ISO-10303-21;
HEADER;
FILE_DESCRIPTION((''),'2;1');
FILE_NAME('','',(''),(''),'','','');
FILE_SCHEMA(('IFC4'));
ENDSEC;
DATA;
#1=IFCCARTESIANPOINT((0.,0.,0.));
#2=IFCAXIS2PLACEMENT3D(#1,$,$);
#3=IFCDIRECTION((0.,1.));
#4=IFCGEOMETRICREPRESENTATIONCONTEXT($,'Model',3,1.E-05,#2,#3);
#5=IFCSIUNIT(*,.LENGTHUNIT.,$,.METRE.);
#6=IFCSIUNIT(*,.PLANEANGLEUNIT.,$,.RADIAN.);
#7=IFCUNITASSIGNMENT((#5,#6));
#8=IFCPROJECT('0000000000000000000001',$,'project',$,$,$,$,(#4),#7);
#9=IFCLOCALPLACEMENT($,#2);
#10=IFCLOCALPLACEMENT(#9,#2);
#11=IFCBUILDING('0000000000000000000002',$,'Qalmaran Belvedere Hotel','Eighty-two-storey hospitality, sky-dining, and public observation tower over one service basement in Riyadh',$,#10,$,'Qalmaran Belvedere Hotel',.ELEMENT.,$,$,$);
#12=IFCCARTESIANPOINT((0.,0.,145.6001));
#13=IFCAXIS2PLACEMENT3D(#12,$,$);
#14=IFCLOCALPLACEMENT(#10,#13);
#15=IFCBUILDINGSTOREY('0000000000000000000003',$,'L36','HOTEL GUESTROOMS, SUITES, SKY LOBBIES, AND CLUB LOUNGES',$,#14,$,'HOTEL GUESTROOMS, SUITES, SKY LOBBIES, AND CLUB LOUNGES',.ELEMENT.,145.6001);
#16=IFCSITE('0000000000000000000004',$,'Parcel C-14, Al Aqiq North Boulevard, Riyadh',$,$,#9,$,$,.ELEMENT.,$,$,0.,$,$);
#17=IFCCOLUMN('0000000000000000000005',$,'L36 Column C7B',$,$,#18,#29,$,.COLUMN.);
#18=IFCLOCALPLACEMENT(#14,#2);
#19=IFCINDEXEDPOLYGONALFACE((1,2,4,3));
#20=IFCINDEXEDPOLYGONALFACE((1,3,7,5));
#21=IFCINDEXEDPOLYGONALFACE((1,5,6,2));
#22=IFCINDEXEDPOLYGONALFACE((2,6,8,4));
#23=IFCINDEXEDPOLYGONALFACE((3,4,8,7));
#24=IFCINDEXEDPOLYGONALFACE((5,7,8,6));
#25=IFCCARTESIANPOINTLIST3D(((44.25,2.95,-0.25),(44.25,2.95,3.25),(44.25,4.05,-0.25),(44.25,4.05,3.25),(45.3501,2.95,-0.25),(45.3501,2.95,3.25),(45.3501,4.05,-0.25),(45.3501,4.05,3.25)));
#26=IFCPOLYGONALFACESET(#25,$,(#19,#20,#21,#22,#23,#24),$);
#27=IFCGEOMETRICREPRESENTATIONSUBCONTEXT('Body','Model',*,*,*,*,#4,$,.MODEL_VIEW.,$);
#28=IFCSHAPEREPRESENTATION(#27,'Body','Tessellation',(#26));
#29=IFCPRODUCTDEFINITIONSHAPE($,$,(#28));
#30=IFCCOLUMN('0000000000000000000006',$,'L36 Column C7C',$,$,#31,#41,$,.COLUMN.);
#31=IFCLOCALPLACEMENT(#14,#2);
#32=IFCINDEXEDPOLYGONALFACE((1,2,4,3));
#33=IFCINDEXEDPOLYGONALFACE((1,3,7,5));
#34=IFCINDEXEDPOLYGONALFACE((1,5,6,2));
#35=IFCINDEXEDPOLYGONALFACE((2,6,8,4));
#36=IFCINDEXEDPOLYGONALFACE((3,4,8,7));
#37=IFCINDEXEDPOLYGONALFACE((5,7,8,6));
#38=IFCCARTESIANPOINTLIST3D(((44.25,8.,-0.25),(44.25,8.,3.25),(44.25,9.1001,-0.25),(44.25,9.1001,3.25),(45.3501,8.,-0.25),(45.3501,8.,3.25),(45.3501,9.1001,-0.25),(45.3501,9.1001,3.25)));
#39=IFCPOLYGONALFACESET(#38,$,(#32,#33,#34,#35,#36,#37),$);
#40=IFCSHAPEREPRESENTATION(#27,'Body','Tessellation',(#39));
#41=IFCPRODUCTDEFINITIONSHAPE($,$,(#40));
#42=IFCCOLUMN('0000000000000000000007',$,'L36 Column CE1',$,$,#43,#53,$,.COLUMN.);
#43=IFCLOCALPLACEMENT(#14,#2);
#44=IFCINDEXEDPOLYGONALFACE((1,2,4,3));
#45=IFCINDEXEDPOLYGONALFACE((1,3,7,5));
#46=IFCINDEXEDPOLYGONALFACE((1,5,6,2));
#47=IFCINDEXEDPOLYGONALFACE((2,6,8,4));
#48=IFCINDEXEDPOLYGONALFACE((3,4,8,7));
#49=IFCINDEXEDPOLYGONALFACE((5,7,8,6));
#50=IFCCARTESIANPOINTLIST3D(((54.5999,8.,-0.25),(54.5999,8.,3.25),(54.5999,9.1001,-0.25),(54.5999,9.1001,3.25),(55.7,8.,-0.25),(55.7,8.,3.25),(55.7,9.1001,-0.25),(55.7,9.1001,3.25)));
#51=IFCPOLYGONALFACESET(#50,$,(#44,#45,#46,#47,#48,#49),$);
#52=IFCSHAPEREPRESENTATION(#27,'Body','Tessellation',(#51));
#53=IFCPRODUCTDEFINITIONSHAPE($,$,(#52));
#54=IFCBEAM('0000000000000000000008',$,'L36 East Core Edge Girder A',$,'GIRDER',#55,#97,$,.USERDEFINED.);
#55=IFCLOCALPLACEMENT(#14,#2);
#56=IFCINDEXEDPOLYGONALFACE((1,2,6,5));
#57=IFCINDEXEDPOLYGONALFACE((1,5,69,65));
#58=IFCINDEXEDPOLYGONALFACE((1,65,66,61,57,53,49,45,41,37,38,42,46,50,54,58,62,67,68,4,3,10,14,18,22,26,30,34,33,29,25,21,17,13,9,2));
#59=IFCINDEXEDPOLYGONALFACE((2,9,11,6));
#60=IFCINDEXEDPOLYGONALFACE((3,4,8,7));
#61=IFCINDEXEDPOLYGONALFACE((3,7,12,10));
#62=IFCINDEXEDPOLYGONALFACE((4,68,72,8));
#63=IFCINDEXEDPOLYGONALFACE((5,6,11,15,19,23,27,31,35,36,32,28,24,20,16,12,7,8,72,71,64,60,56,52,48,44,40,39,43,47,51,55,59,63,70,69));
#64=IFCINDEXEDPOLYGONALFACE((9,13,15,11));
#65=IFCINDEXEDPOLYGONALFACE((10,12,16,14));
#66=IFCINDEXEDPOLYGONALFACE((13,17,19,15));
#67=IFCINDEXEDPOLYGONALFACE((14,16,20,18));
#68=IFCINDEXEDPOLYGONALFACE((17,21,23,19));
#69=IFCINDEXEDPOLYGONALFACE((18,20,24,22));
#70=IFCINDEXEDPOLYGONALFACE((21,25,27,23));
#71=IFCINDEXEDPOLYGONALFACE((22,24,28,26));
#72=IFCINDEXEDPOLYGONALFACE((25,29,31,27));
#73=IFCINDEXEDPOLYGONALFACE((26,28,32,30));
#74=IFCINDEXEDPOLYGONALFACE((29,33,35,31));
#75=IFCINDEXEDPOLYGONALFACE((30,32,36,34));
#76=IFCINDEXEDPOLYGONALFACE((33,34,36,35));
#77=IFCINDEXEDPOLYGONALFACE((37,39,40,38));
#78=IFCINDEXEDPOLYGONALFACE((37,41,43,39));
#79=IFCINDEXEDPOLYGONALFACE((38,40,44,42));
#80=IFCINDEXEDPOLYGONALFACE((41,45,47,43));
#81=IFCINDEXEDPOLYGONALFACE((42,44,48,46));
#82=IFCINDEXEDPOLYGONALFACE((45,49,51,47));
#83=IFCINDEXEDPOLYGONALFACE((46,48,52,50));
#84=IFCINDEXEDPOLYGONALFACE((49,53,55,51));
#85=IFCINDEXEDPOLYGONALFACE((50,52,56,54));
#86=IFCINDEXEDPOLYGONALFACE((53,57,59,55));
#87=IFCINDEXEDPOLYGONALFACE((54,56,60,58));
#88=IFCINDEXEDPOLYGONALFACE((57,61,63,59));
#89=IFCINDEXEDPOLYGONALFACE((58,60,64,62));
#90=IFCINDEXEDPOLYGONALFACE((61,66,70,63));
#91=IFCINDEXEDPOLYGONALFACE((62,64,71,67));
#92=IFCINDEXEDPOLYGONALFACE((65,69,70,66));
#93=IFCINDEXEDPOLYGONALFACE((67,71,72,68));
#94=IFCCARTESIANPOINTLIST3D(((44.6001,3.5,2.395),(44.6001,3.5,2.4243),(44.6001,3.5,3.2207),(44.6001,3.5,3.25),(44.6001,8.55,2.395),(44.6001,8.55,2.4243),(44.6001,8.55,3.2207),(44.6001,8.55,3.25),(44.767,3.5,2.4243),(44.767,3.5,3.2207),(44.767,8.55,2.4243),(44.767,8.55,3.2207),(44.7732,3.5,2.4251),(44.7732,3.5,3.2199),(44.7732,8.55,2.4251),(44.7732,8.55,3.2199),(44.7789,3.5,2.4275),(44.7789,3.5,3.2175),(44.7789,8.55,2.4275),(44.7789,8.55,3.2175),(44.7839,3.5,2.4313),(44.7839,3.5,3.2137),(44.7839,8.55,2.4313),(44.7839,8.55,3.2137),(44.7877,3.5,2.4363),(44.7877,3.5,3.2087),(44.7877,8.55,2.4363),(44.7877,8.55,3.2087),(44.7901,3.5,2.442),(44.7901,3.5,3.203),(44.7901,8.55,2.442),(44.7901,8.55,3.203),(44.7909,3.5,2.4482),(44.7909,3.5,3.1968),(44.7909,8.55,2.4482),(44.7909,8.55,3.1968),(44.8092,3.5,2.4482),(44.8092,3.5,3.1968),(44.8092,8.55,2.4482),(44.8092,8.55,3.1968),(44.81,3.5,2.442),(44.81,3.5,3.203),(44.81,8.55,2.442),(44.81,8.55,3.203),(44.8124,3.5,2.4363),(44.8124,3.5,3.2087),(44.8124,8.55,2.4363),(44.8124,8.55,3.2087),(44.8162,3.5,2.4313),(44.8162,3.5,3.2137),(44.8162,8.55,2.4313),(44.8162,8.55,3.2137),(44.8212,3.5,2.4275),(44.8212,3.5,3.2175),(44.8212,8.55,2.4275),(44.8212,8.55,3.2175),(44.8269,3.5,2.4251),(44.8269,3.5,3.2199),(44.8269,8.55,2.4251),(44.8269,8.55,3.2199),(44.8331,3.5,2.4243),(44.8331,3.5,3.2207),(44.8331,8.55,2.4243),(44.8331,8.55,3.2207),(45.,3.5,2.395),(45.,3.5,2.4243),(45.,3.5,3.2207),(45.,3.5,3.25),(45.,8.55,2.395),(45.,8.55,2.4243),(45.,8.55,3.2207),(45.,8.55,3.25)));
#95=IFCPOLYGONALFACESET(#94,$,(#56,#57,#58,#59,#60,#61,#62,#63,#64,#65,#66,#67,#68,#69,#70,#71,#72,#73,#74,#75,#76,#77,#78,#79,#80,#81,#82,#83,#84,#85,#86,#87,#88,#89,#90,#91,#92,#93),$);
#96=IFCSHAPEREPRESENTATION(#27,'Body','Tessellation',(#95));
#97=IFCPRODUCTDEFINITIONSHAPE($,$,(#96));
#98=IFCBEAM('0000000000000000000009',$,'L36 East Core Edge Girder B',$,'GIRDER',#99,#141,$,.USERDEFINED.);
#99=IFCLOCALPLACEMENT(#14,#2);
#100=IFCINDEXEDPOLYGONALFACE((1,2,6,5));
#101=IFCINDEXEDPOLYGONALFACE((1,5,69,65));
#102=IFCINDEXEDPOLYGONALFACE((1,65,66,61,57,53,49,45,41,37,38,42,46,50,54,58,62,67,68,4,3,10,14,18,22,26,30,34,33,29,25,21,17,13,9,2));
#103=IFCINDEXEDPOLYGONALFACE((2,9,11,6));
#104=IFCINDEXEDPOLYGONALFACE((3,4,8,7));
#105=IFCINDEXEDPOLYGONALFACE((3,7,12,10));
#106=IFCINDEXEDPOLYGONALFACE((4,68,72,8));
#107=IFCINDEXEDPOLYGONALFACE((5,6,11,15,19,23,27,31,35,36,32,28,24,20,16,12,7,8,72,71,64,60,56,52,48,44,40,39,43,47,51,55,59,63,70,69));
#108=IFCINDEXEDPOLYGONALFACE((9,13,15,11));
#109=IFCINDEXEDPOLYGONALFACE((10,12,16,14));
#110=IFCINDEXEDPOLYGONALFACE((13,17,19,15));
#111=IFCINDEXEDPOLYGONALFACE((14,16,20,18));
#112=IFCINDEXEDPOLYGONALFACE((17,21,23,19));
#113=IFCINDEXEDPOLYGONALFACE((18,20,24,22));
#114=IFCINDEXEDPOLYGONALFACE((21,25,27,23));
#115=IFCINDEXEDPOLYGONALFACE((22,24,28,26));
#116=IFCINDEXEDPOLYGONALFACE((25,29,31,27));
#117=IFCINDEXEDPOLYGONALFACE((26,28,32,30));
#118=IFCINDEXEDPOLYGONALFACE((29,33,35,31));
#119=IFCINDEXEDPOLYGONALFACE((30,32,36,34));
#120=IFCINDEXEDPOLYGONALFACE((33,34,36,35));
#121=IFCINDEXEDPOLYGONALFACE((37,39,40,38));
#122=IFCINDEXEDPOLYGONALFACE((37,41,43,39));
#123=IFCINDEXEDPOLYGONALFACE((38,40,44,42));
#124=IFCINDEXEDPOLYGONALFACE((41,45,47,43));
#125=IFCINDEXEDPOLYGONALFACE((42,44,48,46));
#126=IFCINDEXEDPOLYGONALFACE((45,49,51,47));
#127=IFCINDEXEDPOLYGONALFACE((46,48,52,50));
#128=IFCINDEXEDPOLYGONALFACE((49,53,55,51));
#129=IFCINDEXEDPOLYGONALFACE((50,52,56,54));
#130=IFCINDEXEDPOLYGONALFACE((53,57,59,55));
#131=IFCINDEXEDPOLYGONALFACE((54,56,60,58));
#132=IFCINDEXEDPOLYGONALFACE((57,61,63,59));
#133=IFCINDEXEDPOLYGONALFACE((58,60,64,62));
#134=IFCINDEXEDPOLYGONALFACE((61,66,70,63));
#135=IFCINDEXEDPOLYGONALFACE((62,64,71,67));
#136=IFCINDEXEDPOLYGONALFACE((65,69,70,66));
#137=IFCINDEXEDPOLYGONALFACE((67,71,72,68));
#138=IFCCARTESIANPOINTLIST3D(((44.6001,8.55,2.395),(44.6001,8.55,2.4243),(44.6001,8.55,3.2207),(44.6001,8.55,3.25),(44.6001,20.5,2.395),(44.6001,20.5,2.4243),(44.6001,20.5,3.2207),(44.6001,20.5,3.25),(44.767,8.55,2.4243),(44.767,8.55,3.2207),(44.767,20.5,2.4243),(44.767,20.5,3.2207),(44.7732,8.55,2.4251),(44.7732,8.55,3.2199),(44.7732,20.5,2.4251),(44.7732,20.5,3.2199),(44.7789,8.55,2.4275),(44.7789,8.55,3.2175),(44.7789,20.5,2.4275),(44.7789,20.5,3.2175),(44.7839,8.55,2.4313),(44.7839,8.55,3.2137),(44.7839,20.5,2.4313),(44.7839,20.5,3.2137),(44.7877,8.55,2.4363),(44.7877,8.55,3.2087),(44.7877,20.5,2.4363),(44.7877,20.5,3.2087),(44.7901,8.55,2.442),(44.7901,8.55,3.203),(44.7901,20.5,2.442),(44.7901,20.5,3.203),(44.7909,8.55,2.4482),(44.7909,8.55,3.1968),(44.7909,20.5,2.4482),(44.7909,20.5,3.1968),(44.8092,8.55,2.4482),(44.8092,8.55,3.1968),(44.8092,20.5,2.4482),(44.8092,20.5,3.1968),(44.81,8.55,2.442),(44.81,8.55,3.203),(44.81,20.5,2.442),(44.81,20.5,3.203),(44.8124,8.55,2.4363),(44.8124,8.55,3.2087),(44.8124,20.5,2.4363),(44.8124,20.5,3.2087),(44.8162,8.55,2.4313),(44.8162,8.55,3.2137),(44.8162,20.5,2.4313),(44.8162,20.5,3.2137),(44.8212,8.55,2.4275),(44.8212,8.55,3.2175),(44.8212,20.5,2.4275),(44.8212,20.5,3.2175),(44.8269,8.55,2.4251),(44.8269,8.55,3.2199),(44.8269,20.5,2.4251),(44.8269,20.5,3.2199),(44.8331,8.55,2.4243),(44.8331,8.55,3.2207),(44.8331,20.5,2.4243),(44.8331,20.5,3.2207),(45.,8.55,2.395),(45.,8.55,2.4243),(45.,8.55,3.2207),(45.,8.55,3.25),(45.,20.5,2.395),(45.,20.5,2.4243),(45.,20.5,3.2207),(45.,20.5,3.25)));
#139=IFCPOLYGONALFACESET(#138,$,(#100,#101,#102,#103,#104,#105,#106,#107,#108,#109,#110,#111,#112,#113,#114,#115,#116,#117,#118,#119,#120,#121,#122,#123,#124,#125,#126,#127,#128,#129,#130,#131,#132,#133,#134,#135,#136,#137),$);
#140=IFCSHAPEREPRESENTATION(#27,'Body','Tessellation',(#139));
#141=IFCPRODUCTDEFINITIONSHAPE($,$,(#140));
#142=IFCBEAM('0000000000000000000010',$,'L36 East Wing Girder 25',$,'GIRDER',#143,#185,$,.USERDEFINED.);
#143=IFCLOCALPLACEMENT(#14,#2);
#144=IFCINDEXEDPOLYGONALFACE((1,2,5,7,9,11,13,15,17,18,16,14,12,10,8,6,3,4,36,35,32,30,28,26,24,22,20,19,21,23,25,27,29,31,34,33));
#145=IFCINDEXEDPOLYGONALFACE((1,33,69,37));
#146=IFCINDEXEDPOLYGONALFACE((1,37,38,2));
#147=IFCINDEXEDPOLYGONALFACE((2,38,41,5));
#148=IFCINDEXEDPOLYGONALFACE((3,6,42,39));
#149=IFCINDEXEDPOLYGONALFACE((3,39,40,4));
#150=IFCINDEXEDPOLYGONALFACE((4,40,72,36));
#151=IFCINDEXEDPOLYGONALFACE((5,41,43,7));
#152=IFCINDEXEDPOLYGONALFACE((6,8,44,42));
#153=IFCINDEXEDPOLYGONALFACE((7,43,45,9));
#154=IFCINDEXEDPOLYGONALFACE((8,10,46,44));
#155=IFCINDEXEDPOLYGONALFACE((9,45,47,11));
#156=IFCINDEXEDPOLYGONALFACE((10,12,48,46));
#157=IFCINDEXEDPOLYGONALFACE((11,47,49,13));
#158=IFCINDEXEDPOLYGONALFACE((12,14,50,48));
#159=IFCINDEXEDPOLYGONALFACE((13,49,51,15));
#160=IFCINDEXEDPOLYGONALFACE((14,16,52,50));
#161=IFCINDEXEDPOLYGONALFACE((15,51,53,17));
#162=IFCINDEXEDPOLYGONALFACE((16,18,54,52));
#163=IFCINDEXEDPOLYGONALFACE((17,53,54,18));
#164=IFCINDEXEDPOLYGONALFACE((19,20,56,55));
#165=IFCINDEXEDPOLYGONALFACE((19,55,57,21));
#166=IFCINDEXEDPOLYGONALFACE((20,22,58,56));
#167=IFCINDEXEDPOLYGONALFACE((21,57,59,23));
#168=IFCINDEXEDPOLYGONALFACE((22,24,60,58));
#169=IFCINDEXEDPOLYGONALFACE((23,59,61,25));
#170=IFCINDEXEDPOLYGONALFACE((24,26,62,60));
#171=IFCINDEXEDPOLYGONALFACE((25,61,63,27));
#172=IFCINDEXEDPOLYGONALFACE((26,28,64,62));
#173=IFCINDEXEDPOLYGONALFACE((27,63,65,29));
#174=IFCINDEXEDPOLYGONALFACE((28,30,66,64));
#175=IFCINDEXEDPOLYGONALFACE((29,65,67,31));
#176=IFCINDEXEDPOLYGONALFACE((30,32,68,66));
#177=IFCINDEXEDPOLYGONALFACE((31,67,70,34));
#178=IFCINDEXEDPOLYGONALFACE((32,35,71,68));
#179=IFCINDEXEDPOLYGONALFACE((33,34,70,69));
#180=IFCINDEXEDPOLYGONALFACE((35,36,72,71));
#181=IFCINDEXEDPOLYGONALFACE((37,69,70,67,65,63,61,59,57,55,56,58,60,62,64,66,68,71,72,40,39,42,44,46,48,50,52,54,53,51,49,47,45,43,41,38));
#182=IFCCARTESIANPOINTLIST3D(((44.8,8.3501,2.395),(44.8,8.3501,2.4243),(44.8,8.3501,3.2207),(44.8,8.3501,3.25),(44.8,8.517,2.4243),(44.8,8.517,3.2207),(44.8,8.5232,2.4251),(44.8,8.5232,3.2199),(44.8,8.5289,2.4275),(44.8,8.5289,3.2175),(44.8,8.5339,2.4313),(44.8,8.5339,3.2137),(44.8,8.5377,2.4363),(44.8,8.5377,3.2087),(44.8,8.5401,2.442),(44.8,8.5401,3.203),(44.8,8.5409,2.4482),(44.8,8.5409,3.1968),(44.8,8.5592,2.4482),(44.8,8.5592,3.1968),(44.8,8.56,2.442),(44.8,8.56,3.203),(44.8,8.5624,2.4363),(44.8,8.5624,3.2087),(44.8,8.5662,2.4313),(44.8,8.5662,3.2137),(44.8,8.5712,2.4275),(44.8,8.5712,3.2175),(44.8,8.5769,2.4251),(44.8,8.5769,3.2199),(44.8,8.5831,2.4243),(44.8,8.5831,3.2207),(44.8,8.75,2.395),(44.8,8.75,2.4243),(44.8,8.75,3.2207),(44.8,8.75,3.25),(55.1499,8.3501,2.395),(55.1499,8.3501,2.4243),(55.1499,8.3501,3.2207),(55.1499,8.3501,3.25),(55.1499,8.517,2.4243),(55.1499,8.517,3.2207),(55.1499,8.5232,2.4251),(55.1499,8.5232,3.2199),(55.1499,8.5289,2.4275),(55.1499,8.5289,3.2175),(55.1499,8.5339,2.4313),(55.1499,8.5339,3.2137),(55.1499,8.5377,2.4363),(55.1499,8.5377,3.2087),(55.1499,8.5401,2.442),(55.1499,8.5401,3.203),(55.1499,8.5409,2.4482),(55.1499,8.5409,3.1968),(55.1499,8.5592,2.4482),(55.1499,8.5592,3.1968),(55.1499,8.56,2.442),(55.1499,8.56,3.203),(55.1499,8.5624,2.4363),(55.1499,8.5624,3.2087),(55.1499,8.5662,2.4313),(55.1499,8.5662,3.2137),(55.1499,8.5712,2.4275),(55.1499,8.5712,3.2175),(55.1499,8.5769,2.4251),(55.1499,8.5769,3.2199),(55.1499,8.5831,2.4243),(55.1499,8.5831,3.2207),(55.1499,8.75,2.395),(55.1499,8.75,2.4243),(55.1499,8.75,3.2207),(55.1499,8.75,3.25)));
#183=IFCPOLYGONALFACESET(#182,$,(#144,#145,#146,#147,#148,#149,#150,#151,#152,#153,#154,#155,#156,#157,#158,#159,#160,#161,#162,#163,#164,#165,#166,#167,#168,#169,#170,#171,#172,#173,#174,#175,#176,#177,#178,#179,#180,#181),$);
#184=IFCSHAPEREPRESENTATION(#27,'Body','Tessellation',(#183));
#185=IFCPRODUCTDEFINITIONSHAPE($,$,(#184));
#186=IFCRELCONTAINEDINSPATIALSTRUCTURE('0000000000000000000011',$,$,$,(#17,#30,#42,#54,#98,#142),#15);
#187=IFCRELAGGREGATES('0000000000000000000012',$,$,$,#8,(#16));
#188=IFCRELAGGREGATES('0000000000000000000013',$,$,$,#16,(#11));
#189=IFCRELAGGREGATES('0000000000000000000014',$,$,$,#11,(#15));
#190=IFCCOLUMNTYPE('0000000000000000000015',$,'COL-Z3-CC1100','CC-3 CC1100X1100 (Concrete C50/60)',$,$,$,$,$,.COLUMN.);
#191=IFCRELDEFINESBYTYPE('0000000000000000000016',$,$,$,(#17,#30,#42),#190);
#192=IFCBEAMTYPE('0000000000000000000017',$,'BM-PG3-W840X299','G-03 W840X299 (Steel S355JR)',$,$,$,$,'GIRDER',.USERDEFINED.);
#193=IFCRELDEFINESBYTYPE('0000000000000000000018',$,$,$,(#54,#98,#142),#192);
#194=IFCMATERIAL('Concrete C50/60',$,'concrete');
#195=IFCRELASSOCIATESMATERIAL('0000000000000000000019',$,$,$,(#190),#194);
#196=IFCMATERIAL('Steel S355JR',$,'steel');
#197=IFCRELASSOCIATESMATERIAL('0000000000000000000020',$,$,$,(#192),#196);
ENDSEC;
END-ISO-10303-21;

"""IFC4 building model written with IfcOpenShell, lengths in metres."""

from ifc_helpers import new_model, si_unit, direction, frame, origin, origin_2d, place, context, subcontext, project, spatial, rectangle, i_section, extrude, material, material_profile, profile_set, type_object, element, save


model = new_model("IFC4")

# Units and contexts
model_context = context("Model", 3, precision=1e-05, world=origin(), true_north=direction((0.0, 1.0)))
body_context = subcontext(model_context, "Body", "Model", "MODEL_VIEW")
ifc_project = project(units=[si_unit("LENGTHUNIT", "METRE"), si_unit("PLANEANGLEUNIT", "RADIAN")], contexts=[model_context])

# Site, building, storey
site_placement = place(None, origin())
site = spatial("IfcSite", under=ifc_project, at=site_placement, Name="Parcel C-14, Al Aqiq North Boulevard, Riyadh", CompositionType="ELEMENT", RefElevation=0.0)
building_placement = place(site_placement, origin())
building = spatial("IfcBuilding", under=site, at=building_placement, Name="Qalmaran Belvedere Hotel", Description="Eighty-two-storey hospitality, sky-dining, and public observation tower over one service basement in Riyadh", LongName="Qalmaran Belvedere Hotel", CompositionType="ELEMENT")
storey_placement = place(building_placement, frame((0.0, 0.0, 145.6001)))
storey = spatial("IfcBuildingStorey", under=building, at=storey_placement, Name="L36", Description="HOTEL GUESTROOMS, SUITES, SKY LOBBIES, AND CLUB LOUNGES", LongName="HOTEL GUESTROOMS, SUITES, SKY LOBBIES, AND CLUB LOUNGES", CompositionType="ELEMENT", Elevation=145.6001)

# Columns
ifc_material_1 = material(Name="Concrete C50/60", Category="concrete")
ifc_material_profile_1 = material_profile(ifc_material_1, rectangle(XDim=1.1001, YDim=1.1001, at=origin_2d()), Name="CC1100X1100")
ifc_profile_set_1 = profile_set([ifc_material_profile_1], Name="Concrete C50/60")
column_type = type_object("IfcColumnType", Name="COL-Z3-CC1100", Description="CC-3 CC1100X1100 (Concrete C50/60)", PredefinedType="COLUMN", material=ifc_profile_set_1)
for number, where, z_axis, x_axis, name in (
    (1, (44.8, 3.5, -0.25), (0.0, 0.0, 1.0), (1.0, 0.0, 0.0), "L36 Column C7B"),
    (2, (44.8, 8.55, -0.25), (0.0, 0.0, 1.0), (1.0, 0.0, 0.0), "L36 Column C7C"),
    (3, (55.1499, 8.55, -0.25), (0.0, 0.0, 1.0), (1.0, 0.0, 0.0), "L36 Column CE1"),
):
    element("IfcColumn", number, at=place(storey_placement, frame(where, z_axis=z_axis, x_axis=x_axis)), inside=storey, type_object=column_type, Name=name, PredefinedType="COLUMN", context=body_context, shape_type="SweptSolid", body=[
        extrude(rectangle(XDim=1.1001, YDim=1.1001, at=origin_2d()), origin(), (0.0, 0.0, 1.0), 3.5),
    ])

# Beams
ifc_material_2 = material(Name="Steel S355JR", Category="steel")
ifc_material_profile_2 = material_profile(ifc_material_2, i_section(OverallWidth=0.3999, OverallDepth=0.855, WebThickness=0.0183, FlangeThickness=0.0293, FilletRadius=0.0239, at=origin_2d()), Name="W840X299")
ifc_profile_set_2 = profile_set([ifc_material_profile_2], Name="Steel S355JR")
beam_type_1 = type_object("IfcBeamType", Name="BM-PG3-W840X299", Description="G-03 W840X299 (Steel S355JR)", ElementType="GIRDER", PredefinedType="USERDEFINED", material=ifc_profile_set_2)
beam_1_placement = place(storey_placement, frame((44.8, 3.5, 2.8225), z_axis=(0.0, 1.0, 0.0), x_axis=(-1.0, 0.0, 0.0)))
element("IfcBeam", 4, at=beam_1_placement, inside=storey, type_object=beam_type_1, Name="L36 East Core Edge Girder A", ObjectType="GIRDER", PredefinedType="USERDEFINED", context=body_context, shape_type="SweptSolid", body=[
    extrude(i_section(OverallWidth=0.3999, OverallDepth=0.855, WebThickness=0.0183, FlangeThickness=0.0293, FilletRadius=0.0239, at=origin_2d()), origin(), (0.0, 0.0, 1.0), 5.05),
])
beam_2_placement = place(storey_placement, frame((44.8, 8.55, 2.8225), z_axis=(0.0, 1.0, 0.0), x_axis=(-1.0, 0.0, 0.0)))
element("IfcBeam", 5, at=beam_2_placement, inside=storey, type_object=beam_type_1, Name="L36 East Core Edge Girder B", ObjectType="GIRDER", PredefinedType="USERDEFINED", context=body_context, shape_type="SweptSolid", body=[
    extrude(i_section(OverallWidth=0.3999, OverallDepth=0.855, WebThickness=0.0183, FlangeThickness=0.0293, FilletRadius=0.0239, at=origin_2d()), origin(), (0.0, 0.0, 1.0), 11.95),
])
beam_3_placement = place(storey_placement, frame((44.8, 8.55, 2.8225), z_axis=(1.0, 0.0, 0.0), x_axis=(0.0, 1.0, 0.0)))
element("IfcBeam", 6, at=beam_3_placement, inside=storey, type_object=beam_type_1, Name="L36 East Wing Girder 25", ObjectType="GIRDER", PredefinedType="USERDEFINED", context=body_context, shape_type="SweptSolid", body=[
    extrude(i_section(OverallWidth=0.3999, OverallDepth=0.855, WebThickness=0.0183, FlangeThickness=0.0293, FilletRadius=0.0239, at=origin_2d()), origin(), (0.0, 0.0, 1.0), 10.3499),
])

save(model, "model.ifc")
